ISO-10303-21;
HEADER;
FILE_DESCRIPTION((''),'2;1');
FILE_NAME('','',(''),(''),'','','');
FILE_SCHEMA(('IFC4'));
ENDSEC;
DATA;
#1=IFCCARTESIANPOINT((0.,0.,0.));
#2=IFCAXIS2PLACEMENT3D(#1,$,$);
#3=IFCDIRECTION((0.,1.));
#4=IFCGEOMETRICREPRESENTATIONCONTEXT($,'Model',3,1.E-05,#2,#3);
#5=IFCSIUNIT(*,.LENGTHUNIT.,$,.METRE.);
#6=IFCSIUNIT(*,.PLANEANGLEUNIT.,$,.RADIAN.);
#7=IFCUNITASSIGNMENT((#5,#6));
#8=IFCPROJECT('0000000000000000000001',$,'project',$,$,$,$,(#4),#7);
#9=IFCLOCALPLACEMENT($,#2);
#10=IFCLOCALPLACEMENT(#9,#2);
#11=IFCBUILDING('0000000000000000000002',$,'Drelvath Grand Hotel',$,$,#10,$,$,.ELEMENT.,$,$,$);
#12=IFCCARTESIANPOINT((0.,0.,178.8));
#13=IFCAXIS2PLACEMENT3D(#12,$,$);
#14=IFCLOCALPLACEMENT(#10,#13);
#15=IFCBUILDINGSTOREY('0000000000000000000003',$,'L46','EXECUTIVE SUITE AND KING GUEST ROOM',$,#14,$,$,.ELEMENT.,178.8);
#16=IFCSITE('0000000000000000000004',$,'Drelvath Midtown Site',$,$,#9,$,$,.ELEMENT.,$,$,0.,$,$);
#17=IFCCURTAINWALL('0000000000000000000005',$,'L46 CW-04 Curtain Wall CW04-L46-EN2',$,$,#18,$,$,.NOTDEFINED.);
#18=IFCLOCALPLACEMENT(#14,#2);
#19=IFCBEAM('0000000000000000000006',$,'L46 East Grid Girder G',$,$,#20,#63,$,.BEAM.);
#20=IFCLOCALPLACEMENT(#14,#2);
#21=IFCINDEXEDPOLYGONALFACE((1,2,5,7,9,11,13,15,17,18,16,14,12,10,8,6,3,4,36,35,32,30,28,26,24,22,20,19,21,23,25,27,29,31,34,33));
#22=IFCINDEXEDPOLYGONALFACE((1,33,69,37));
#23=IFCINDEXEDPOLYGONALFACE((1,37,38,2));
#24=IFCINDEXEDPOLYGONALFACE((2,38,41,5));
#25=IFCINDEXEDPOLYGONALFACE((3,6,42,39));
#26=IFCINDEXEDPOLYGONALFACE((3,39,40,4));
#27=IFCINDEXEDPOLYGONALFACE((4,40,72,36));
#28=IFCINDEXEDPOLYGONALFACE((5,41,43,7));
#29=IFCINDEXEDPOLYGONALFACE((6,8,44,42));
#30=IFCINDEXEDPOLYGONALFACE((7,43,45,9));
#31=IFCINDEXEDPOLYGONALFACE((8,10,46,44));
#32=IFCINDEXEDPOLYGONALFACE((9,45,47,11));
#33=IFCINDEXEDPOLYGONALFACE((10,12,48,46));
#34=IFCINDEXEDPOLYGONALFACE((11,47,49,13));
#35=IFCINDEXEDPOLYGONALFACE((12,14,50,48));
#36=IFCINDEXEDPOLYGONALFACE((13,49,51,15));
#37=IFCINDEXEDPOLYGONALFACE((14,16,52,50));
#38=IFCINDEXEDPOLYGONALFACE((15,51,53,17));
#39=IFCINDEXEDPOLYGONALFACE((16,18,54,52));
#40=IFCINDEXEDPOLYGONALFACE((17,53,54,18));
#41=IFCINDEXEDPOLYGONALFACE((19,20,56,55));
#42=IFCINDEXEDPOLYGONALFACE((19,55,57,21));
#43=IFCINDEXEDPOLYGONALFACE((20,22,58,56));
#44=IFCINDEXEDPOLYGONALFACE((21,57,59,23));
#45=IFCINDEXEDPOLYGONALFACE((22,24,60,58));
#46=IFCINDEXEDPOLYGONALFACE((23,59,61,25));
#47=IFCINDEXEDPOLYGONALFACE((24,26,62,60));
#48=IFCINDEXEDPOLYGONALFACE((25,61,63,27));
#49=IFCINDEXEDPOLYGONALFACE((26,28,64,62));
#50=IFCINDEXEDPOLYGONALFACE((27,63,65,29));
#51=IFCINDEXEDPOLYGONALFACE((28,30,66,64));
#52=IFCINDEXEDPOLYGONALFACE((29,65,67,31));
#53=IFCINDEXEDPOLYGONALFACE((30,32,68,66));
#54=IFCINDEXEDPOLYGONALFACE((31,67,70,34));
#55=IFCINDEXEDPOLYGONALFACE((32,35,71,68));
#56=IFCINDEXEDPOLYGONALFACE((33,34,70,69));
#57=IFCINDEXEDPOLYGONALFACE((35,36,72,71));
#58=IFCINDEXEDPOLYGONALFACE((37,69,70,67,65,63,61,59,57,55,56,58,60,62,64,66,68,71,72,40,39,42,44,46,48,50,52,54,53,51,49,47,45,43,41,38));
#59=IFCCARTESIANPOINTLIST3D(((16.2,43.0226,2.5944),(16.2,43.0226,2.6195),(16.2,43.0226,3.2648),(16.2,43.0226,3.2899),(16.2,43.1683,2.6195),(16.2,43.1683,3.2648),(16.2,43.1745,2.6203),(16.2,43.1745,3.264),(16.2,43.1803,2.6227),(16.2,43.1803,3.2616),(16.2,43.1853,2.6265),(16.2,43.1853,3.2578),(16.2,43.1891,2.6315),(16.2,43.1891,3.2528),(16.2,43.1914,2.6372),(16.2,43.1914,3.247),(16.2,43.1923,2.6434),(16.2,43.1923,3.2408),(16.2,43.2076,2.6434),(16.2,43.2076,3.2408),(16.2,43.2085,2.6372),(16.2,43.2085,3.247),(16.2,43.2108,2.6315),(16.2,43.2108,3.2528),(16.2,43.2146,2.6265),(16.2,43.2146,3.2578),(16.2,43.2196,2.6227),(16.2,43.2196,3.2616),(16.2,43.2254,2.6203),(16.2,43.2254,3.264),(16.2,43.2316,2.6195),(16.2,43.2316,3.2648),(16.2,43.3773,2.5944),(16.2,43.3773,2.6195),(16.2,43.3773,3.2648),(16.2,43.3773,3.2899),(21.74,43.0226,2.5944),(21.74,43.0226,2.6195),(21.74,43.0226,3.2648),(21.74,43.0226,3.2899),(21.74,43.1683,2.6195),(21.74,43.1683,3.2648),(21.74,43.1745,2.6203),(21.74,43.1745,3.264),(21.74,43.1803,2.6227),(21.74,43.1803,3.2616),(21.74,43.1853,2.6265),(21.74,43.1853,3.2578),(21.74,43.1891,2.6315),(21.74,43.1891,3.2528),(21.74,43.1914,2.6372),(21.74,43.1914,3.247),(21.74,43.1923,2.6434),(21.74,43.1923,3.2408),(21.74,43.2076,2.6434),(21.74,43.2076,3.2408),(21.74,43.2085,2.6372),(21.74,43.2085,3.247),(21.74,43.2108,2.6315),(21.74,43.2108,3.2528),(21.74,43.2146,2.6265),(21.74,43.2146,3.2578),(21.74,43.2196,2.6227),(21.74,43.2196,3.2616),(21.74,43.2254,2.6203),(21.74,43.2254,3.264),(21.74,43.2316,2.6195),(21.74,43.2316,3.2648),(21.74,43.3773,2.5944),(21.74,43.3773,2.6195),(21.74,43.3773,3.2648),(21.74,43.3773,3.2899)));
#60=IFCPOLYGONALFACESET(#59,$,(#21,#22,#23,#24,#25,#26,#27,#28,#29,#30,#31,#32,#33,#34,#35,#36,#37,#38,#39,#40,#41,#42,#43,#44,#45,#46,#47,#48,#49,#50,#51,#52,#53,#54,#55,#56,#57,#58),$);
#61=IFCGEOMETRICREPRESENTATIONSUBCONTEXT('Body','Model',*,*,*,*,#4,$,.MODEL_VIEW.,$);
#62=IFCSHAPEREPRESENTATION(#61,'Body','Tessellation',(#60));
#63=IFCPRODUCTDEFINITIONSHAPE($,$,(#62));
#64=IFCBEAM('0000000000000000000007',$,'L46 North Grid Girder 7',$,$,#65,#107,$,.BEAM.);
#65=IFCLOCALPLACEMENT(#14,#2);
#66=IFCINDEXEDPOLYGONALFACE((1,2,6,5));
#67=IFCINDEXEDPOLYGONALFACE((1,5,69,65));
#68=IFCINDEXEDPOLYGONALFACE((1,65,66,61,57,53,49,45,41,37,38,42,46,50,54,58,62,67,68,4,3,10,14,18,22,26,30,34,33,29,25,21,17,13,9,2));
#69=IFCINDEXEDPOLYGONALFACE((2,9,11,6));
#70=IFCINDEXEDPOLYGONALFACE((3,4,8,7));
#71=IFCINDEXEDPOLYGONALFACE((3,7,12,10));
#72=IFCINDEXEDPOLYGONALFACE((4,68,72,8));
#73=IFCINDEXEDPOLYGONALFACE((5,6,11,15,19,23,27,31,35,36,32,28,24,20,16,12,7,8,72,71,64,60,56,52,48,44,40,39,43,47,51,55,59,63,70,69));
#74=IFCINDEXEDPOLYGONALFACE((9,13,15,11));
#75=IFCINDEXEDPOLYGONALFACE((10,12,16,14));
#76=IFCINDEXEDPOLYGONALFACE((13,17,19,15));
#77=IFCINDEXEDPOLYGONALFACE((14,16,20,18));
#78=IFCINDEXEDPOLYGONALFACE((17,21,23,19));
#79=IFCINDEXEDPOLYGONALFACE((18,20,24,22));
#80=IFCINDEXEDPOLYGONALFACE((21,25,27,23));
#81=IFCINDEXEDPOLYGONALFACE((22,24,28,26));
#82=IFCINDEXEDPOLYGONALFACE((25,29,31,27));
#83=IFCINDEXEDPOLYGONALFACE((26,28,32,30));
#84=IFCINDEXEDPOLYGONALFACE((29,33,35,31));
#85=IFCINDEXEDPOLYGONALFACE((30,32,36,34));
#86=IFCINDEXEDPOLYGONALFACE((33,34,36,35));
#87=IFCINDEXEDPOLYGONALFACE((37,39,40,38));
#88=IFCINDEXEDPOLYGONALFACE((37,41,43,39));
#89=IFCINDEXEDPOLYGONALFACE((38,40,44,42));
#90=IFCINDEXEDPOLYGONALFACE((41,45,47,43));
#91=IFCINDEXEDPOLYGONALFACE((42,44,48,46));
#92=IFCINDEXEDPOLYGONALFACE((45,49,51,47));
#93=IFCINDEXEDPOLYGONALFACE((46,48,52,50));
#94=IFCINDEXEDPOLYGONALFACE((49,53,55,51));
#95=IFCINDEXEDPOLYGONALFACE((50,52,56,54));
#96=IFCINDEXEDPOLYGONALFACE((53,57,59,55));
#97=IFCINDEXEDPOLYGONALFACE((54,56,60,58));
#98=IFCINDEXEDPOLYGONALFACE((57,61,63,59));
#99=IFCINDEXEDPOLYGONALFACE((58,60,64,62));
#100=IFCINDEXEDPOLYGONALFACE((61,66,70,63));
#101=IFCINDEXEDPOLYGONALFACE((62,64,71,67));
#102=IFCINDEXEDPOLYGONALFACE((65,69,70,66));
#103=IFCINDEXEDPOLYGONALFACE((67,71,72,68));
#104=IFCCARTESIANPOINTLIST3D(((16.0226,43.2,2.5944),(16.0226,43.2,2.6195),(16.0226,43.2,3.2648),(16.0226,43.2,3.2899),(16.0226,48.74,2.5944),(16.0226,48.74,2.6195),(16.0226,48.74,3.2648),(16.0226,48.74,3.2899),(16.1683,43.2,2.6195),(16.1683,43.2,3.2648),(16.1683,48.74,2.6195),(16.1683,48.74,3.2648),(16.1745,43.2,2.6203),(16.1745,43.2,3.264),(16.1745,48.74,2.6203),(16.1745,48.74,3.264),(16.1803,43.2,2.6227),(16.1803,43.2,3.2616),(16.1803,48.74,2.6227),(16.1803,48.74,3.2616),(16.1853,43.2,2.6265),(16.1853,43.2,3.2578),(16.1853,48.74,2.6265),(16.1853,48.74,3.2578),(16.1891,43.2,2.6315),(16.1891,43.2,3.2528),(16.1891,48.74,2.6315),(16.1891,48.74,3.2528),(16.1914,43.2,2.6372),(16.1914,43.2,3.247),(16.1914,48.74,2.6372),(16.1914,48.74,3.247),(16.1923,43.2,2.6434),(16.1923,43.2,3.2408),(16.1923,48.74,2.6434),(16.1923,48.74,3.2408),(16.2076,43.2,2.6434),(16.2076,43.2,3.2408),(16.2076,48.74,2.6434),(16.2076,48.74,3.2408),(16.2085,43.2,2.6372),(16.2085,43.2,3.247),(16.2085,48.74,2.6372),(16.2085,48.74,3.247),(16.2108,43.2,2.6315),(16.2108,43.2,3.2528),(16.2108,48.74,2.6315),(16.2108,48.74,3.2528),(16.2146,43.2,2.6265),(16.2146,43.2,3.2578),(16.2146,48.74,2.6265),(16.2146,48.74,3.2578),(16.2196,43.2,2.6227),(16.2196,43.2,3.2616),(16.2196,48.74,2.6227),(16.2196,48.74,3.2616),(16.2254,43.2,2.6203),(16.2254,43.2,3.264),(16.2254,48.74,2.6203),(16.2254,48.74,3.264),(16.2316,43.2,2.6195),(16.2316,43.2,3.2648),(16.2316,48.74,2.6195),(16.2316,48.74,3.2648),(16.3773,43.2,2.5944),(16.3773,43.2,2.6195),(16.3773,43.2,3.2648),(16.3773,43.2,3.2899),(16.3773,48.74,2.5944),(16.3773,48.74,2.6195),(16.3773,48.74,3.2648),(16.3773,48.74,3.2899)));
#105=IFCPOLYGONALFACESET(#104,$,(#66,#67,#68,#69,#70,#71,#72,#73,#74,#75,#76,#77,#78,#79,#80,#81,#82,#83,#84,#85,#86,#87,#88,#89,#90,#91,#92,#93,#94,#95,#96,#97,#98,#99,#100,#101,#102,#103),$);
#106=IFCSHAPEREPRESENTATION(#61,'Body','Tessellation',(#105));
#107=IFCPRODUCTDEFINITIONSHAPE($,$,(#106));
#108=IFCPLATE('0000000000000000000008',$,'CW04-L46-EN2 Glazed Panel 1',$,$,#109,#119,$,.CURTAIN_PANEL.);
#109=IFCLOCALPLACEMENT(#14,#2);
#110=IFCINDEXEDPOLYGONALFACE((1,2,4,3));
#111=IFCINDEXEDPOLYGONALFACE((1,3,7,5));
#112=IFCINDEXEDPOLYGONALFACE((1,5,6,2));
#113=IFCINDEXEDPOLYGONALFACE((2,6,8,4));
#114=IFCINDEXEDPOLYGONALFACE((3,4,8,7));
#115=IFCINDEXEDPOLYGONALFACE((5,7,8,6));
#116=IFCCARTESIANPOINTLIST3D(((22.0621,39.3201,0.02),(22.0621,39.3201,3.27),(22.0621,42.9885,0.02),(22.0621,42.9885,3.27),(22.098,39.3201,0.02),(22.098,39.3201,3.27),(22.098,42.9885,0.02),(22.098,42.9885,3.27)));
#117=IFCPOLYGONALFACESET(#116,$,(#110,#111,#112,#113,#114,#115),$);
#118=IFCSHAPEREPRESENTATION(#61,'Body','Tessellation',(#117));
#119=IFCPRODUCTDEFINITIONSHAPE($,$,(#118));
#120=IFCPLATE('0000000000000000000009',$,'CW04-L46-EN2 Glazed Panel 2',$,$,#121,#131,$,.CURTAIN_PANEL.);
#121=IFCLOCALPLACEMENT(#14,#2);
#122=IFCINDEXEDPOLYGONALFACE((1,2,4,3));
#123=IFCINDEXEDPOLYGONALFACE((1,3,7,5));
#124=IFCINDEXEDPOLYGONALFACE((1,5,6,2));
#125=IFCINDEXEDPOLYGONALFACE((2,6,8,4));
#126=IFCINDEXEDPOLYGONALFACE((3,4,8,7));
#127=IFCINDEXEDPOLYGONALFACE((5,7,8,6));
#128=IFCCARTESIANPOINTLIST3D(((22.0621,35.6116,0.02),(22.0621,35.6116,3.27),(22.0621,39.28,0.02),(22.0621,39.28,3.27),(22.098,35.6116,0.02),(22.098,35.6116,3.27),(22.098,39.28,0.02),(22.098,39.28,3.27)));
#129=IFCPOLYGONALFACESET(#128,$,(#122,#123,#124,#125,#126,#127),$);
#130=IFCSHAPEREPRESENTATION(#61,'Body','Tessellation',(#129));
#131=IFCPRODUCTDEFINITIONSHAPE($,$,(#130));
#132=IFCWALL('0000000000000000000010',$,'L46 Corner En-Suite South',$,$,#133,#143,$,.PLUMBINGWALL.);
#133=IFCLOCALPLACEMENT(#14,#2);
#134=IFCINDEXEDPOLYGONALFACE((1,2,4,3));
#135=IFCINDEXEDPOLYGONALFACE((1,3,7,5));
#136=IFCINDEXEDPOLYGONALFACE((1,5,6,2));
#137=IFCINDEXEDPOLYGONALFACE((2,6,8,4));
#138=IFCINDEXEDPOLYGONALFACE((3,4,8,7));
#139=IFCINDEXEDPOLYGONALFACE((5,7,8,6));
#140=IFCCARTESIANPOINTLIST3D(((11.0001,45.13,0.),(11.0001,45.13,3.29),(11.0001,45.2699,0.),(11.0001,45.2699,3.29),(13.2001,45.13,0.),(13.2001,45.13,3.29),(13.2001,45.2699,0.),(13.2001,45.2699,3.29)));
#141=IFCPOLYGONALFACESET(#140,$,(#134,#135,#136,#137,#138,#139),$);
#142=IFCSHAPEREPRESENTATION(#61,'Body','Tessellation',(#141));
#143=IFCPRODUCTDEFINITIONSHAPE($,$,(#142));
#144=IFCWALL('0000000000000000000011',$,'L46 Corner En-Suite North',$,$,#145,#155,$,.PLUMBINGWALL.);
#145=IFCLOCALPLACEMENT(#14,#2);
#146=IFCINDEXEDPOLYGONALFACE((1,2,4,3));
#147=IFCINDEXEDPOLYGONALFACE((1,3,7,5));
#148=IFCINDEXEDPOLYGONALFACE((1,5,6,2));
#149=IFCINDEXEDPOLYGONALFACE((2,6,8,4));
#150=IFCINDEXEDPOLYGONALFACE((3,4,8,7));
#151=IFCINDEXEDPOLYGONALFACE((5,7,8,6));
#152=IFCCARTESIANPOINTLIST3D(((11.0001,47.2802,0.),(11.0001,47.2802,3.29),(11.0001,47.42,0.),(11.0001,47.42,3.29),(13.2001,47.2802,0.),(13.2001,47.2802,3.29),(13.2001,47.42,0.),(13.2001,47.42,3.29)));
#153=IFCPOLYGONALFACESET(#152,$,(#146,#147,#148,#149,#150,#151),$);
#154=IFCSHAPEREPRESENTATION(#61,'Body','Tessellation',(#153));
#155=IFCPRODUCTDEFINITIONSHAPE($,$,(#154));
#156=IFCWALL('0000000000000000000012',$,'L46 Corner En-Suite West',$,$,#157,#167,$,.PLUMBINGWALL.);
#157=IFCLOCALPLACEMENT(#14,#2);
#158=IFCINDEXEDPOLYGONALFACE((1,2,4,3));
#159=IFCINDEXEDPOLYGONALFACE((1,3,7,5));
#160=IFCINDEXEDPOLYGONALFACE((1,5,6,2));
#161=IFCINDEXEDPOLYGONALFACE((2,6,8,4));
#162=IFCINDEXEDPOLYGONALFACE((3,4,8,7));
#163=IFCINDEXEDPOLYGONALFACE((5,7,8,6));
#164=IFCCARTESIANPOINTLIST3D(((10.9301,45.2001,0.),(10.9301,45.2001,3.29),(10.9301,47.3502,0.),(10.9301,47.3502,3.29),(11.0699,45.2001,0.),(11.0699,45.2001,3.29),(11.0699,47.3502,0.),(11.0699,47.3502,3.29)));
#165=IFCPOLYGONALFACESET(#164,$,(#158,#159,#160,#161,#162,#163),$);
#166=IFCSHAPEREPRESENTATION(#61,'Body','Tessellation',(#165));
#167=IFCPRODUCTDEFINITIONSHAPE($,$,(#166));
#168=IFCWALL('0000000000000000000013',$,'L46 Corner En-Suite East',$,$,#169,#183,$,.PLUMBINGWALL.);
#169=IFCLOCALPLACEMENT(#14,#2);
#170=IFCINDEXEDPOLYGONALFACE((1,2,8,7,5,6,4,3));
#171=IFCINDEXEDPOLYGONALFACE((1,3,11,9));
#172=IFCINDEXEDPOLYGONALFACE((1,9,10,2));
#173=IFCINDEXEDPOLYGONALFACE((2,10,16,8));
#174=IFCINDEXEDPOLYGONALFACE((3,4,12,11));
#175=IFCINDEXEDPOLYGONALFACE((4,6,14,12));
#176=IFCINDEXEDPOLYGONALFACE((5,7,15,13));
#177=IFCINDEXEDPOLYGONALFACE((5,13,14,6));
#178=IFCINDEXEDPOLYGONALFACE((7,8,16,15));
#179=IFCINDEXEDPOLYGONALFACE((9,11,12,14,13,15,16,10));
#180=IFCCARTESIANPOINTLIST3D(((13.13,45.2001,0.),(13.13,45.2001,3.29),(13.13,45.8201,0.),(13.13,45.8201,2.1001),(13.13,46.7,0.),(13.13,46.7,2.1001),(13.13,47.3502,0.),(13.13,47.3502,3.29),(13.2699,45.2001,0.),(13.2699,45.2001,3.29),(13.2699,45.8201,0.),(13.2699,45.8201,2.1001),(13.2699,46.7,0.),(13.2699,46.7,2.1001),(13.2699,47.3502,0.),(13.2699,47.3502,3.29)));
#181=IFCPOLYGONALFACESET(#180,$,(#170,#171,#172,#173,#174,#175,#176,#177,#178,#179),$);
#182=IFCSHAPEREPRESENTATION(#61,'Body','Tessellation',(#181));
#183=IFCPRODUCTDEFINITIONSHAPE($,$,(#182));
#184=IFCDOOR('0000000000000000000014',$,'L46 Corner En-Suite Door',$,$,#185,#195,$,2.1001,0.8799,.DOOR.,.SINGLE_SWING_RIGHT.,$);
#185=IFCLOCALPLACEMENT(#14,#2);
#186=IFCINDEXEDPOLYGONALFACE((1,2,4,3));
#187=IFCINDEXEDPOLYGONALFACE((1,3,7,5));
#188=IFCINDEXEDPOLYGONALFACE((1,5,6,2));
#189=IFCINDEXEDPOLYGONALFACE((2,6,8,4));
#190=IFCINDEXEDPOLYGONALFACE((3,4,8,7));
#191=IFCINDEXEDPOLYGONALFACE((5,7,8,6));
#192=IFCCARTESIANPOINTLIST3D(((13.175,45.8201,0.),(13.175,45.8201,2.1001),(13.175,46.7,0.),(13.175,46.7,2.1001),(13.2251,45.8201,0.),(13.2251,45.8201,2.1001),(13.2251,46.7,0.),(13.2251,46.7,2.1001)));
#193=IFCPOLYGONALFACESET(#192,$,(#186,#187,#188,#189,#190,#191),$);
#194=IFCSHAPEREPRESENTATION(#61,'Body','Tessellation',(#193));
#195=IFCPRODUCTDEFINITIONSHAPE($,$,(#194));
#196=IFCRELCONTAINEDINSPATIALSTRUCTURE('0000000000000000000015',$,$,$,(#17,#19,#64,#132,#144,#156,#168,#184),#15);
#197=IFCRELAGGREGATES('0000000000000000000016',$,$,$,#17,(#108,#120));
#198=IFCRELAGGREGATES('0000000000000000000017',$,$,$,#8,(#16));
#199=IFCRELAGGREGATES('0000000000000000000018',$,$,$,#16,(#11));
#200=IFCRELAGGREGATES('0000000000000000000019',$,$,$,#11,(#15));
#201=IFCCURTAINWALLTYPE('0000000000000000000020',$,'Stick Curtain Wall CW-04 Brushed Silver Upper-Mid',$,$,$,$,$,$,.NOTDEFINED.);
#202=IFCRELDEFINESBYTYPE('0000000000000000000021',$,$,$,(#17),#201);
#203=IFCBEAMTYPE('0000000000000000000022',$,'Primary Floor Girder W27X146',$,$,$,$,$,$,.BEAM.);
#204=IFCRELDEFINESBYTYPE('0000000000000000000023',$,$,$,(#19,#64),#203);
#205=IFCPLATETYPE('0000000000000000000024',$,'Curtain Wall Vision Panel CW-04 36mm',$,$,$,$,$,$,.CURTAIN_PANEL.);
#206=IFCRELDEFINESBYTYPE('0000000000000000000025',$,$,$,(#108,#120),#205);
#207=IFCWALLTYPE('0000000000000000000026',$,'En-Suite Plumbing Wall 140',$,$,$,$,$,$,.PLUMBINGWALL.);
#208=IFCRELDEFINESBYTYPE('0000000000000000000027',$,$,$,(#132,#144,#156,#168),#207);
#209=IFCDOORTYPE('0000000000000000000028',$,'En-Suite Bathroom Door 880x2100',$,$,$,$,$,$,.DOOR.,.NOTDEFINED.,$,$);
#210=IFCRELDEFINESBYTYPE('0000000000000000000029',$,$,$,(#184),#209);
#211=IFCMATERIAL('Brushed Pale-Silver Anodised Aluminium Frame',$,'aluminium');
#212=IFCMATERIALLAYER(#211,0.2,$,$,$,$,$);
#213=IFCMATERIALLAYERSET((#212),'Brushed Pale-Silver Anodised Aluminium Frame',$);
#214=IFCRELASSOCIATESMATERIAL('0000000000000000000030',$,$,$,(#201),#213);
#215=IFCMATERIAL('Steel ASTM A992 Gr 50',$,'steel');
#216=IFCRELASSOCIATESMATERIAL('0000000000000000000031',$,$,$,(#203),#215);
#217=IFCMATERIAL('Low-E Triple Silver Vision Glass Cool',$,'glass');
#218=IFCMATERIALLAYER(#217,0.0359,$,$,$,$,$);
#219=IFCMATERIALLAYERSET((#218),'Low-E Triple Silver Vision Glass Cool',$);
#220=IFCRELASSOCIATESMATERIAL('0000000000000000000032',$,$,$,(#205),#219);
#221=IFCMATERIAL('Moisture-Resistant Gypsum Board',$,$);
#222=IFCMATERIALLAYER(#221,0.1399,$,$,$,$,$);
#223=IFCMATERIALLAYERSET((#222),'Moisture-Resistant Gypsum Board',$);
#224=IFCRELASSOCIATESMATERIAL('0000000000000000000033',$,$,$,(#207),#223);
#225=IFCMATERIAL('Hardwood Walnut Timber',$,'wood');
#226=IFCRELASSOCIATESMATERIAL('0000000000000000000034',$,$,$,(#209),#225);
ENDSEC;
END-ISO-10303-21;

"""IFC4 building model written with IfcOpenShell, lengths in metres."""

from ifc_helpers import new_model, si_unit, direction, frame, frame_2d, origin, origin_2d, place, context, subcontext, project, spatial, rectangle, i_section, extrude, material, layer, layer_set, material_profile, profile_set, type_object, element, fill, aggregate, save


model = new_model("IFC4")

# Units and contexts
model_context = context("Model", 3, precision=1e-05, world=origin(), true_north=direction((0.0, 1.0)))
body_context = subcontext(model_context, "Body", "Model", "MODEL_VIEW")
ifc_project = project(units=[si_unit("LENGTHUNIT", "METRE"), si_unit("PLANEANGLEUNIT", "RADIAN")], contexts=[model_context])

# Site, building, storey
site_placement = place(None, origin())
site = spatial("IfcSite", under=ifc_project, at=site_placement, Name="Drelvath Midtown Site", CompositionType="ELEMENT", RefElevation=0.0)
building_placement = place(site_placement, origin())
building = spatial("IfcBuilding", under=site, at=building_placement, Name="Drelvath Grand Hotel", CompositionType="ELEMENT")
storey_placement = place(building_placement, frame((0.0, 0.0, 178.8)))
storey = spatial("IfcBuildingStorey", under=building, at=storey_placement, Name="L46", Description="EXECUTIVE SUITE AND KING GUEST ROOM", CompositionType="ELEMENT", Elevation=178.8)

# Curtain wall
ifc_material_1 = material(Name="Brushed Pale-Silver Anodised Aluminium Frame", Category="aluminium")
ifc_layer_1 = layer(ifc_material_1, 0.2)
ifc_layer_set_1 = layer_set([ifc_layer_1], Name="Brushed Pale-Silver Anodised Aluminium Frame")
curtain_wall_type = type_object("IfcCurtainWallType", Name="Stick Curtain Wall CW-04 Brushed Silver Upper-Mid", PredefinedType="NOTDEFINED", material=ifc_layer_set_1)
curtain_wall_placement = place(storey_placement, origin())
curtain_wall = element("IfcCurtainWall", 1, at=curtain_wall_placement, inside=storey, type_object=curtain_wall_type, Name="L46 CW-04 Curtain Wall CW04-L46-EN2", PredefinedType="NOTDEFINED")

# Beams
ifc_material_2 = material(Name="Steel ASTM A992 Gr 50", Category="steel")
ifc_material_profile_1 = material_profile(ifc_material_2, i_section(OverallWidth=0.3547, OverallDepth=0.6956, WebThickness=0.0154, FlangeThickness=0.0251, FilletRadius=0.0239, at=origin_2d()), Name="W27X146")
ifc_profile_set_1 = profile_set([ifc_material_profile_1], Name="Steel ASTM A992 Gr 50")
beam_type = type_object("IfcBeamType", Name="Primary Floor Girder W27X146", PredefinedType="BEAM", material=ifc_profile_set_1)
for number, where, z_axis, x_axis, name in (
    (2, (16.2, 43.2, 2.9421), (1.0, 0.0, 0.0), (0.0, 1.0, 0.0), "L46 East Grid Girder G"),
    (3, (16.2, 43.2, 2.9421), (0.0, 1.0, 0.0), (-1.0, 0.0, 0.0), "L46 North Grid Girder 7"),
):
    element("IfcBeam", number, at=place(storey_placement, frame(where, z_axis=z_axis, x_axis=x_axis)), inside=storey, type_object=beam_type, Name=name, PredefinedType="BEAM", context=body_context, shape_type="SweptSolid", body=[
        extrude(i_section(OverallWidth=0.3547, OverallDepth=0.6956, WebThickness=0.0154, FlangeThickness=0.0251, FilletRadius=0.0239, at=origin_2d()), origin(), (0.0, 0.0, 1.0), 5.54),
    ])

# Plates
ifc_material_3 = material(Name="Low-E Triple Silver Vision Glass Cool", Category="glass")
ifc_layer_2 = layer(ifc_material_3, 0.0359)
ifc_layer_set_2 = layer_set([ifc_layer_2], Name="Low-E Triple Silver Vision Glass Cool")
plate_type = type_object("IfcPlateType", Name="Curtain Wall Vision Panel CW-04 36mm", PredefinedType="CURTAIN_PANEL", material=ifc_layer_set_2)
plate_1_placement = place(storey_placement, frame((22.0801, 41.1543, 0.02), z_axis=(0.0, 0.0, 1.0), x_axis=(0.0, -1.0, 0.0)))
plate_1 = element("IfcPlate", 4, at=plate_1_placement, type_object=plate_type, Name="CW04-L46-EN2 Glazed Panel 1", PredefinedType="CURTAIN_PANEL", context=body_context, shape_type="SweptSolid", body=[
    extrude(rectangle(XDim=3.6685, YDim=0.0359, at=origin_2d()), origin(), (0.0, 0.0, 1.0), 3.25),
])
plate_2_placement = place(storey_placement, frame((22.0801, 37.4458, 0.02), z_axis=(0.0, 0.0, 1.0), x_axis=(0.0, -1.0, 0.0)))
plate_2 = element("IfcPlate", 5, at=plate_2_placement, type_object=plate_type, Name="CW04-L46-EN2 Glazed Panel 2", PredefinedType="CURTAIN_PANEL", context=body_context, shape_type="SweptSolid", body=[
    extrude(rectangle(XDim=3.6685, YDim=0.0359, at=origin_2d()), origin(), (0.0, 0.0, 1.0), 3.25),
])
aggregate(curtain_wall, [plate_1, plate_2])

# Walls
ifc_material_4 = material(Name="Moisture-Resistant Gypsum Board")
ifc_layer_3 = layer(ifc_material_4, 0.1399)
ifc_layer_set_3 = layer_set([ifc_layer_3], Name="Moisture-Resistant Gypsum Board")
wall_type_1 = type_object("IfcWallType", Name="En-Suite Plumbing Wall 140", PredefinedType="PLUMBINGWALL", material=ifc_layer_set_3)
for number, where, z_axis, x_axis, name in (
    (6, (11.0, 45.2, 0.0), (0.0, 0.0, 1.0), (1.0, 0.0, 0.0), "L46 Corner En-Suite South"),
    (7, (11.0, 47.3501, 0.0), (0.0, 0.0, 1.0), (1.0, 0.0, 0.0), "L46 Corner En-Suite North"),
):
    element("IfcWall", number, at=place(storey_placement, frame(where, z_axis=z_axis, x_axis=x_axis)), inside=storey, type_object=wall_type_1, Name=name, PredefinedType="PLUMBINGWALL", context=body_context, shape_type="SweptSolid", body=[
        extrude(rectangle(XDim=2.2, YDim=0.1399, at=frame_2d((1.1001, 0.0))), origin(), (0.0, 0.0, 1.0), 3.29),
    ])
wall_1_placement = place(storey_placement, frame((11.0, 45.2, 0.0), z_axis=(0.0, 0.0, 1.0), x_axis=(0.0, 1.0, 0.0)))
element("IfcWall", 8, at=wall_1_placement, inside=storey, type_object=wall_type_1, Name="L46 Corner En-Suite West", PredefinedType="PLUMBINGWALL", context=body_context, shape_type="SweptSolid", body=[
    extrude(rectangle(XDim=2.1501, YDim=0.1399, at=frame_2d((1.0752, 0.0))), origin(), (0.0, 0.0, 1.0), 3.29),
])

# Wall, opening, door
wall_2_placement = place(storey_placement, frame((13.2, 45.2, 0.0), z_axis=(0.0, 0.0, 1.0), x_axis=(0.0, 1.0, 0.0)))
wall_2 = element("IfcWall", 9, at=wall_2_placement, inside=storey, type_object=wall_type_1, Name="L46 Corner En-Suite East", PredefinedType="PLUMBINGWALL", context=body_context, shape_type="SweptSolid", body=[
    extrude(rectangle(XDim=2.1501, YDim=0.1399, at=frame_2d((1.0752, 0.0))), origin(), (0.0, 0.0, 1.0), 3.29),
])
opening_1_placement = place(wall_2_placement, frame((0.6201, 0.0, 0.0)))
opening_1 = element("IfcOpeningElement", 10, at=opening_1_placement, cuts=wall_2, PredefinedType="OPENING", context=body_context, shape_type="SweptSolid", body=[
    extrude(rectangle(XDim=0.8799, YDim=2.1001, at=frame_2d((0.4399, 1.05))), frame((0.0, 0.0798, 0.0), z_axis=(0.0, -1.0, 0.0), x_axis=(1.0, 0.0, 0.0)), (0.0, 0.0, 1.0), 0.1599),
])
ifc_material_5 = material(Name="Hardwood Walnut Timber", Category="wood")
door_type = type_object("IfcDoorType", Name="En-Suite Bathroom Door 880x2100", OperationType="NOTDEFINED", PredefinedType="DOOR", material=ifc_material_5)
door_1_placement = place(opening_1_placement, origin())
door_1 = element("IfcDoor", 11, at=door_1_placement, inside=storey, type_object=door_type, Name="L46 Corner En-Suite Door", OperationType="SINGLE_SWING_RIGHT", OverallHeight=2.1001, OverallWidth=0.8799, PredefinedType="DOOR", context=body_context, shape_type="SweptSolid", body=[
    extrude(rectangle(XDim=0.8799, YDim=2.1001, at=frame_2d((0.4399, 1.05))), frame((0.0, 0.0249, 0.0), z_axis=(0.0, -1.0, 0.0), x_axis=(1.0, 0.0, 0.0)), (0.0, 0.0, 1.0), 0.05),
])
fill(opening_1, door_1)

save(model, "model.ifc")
